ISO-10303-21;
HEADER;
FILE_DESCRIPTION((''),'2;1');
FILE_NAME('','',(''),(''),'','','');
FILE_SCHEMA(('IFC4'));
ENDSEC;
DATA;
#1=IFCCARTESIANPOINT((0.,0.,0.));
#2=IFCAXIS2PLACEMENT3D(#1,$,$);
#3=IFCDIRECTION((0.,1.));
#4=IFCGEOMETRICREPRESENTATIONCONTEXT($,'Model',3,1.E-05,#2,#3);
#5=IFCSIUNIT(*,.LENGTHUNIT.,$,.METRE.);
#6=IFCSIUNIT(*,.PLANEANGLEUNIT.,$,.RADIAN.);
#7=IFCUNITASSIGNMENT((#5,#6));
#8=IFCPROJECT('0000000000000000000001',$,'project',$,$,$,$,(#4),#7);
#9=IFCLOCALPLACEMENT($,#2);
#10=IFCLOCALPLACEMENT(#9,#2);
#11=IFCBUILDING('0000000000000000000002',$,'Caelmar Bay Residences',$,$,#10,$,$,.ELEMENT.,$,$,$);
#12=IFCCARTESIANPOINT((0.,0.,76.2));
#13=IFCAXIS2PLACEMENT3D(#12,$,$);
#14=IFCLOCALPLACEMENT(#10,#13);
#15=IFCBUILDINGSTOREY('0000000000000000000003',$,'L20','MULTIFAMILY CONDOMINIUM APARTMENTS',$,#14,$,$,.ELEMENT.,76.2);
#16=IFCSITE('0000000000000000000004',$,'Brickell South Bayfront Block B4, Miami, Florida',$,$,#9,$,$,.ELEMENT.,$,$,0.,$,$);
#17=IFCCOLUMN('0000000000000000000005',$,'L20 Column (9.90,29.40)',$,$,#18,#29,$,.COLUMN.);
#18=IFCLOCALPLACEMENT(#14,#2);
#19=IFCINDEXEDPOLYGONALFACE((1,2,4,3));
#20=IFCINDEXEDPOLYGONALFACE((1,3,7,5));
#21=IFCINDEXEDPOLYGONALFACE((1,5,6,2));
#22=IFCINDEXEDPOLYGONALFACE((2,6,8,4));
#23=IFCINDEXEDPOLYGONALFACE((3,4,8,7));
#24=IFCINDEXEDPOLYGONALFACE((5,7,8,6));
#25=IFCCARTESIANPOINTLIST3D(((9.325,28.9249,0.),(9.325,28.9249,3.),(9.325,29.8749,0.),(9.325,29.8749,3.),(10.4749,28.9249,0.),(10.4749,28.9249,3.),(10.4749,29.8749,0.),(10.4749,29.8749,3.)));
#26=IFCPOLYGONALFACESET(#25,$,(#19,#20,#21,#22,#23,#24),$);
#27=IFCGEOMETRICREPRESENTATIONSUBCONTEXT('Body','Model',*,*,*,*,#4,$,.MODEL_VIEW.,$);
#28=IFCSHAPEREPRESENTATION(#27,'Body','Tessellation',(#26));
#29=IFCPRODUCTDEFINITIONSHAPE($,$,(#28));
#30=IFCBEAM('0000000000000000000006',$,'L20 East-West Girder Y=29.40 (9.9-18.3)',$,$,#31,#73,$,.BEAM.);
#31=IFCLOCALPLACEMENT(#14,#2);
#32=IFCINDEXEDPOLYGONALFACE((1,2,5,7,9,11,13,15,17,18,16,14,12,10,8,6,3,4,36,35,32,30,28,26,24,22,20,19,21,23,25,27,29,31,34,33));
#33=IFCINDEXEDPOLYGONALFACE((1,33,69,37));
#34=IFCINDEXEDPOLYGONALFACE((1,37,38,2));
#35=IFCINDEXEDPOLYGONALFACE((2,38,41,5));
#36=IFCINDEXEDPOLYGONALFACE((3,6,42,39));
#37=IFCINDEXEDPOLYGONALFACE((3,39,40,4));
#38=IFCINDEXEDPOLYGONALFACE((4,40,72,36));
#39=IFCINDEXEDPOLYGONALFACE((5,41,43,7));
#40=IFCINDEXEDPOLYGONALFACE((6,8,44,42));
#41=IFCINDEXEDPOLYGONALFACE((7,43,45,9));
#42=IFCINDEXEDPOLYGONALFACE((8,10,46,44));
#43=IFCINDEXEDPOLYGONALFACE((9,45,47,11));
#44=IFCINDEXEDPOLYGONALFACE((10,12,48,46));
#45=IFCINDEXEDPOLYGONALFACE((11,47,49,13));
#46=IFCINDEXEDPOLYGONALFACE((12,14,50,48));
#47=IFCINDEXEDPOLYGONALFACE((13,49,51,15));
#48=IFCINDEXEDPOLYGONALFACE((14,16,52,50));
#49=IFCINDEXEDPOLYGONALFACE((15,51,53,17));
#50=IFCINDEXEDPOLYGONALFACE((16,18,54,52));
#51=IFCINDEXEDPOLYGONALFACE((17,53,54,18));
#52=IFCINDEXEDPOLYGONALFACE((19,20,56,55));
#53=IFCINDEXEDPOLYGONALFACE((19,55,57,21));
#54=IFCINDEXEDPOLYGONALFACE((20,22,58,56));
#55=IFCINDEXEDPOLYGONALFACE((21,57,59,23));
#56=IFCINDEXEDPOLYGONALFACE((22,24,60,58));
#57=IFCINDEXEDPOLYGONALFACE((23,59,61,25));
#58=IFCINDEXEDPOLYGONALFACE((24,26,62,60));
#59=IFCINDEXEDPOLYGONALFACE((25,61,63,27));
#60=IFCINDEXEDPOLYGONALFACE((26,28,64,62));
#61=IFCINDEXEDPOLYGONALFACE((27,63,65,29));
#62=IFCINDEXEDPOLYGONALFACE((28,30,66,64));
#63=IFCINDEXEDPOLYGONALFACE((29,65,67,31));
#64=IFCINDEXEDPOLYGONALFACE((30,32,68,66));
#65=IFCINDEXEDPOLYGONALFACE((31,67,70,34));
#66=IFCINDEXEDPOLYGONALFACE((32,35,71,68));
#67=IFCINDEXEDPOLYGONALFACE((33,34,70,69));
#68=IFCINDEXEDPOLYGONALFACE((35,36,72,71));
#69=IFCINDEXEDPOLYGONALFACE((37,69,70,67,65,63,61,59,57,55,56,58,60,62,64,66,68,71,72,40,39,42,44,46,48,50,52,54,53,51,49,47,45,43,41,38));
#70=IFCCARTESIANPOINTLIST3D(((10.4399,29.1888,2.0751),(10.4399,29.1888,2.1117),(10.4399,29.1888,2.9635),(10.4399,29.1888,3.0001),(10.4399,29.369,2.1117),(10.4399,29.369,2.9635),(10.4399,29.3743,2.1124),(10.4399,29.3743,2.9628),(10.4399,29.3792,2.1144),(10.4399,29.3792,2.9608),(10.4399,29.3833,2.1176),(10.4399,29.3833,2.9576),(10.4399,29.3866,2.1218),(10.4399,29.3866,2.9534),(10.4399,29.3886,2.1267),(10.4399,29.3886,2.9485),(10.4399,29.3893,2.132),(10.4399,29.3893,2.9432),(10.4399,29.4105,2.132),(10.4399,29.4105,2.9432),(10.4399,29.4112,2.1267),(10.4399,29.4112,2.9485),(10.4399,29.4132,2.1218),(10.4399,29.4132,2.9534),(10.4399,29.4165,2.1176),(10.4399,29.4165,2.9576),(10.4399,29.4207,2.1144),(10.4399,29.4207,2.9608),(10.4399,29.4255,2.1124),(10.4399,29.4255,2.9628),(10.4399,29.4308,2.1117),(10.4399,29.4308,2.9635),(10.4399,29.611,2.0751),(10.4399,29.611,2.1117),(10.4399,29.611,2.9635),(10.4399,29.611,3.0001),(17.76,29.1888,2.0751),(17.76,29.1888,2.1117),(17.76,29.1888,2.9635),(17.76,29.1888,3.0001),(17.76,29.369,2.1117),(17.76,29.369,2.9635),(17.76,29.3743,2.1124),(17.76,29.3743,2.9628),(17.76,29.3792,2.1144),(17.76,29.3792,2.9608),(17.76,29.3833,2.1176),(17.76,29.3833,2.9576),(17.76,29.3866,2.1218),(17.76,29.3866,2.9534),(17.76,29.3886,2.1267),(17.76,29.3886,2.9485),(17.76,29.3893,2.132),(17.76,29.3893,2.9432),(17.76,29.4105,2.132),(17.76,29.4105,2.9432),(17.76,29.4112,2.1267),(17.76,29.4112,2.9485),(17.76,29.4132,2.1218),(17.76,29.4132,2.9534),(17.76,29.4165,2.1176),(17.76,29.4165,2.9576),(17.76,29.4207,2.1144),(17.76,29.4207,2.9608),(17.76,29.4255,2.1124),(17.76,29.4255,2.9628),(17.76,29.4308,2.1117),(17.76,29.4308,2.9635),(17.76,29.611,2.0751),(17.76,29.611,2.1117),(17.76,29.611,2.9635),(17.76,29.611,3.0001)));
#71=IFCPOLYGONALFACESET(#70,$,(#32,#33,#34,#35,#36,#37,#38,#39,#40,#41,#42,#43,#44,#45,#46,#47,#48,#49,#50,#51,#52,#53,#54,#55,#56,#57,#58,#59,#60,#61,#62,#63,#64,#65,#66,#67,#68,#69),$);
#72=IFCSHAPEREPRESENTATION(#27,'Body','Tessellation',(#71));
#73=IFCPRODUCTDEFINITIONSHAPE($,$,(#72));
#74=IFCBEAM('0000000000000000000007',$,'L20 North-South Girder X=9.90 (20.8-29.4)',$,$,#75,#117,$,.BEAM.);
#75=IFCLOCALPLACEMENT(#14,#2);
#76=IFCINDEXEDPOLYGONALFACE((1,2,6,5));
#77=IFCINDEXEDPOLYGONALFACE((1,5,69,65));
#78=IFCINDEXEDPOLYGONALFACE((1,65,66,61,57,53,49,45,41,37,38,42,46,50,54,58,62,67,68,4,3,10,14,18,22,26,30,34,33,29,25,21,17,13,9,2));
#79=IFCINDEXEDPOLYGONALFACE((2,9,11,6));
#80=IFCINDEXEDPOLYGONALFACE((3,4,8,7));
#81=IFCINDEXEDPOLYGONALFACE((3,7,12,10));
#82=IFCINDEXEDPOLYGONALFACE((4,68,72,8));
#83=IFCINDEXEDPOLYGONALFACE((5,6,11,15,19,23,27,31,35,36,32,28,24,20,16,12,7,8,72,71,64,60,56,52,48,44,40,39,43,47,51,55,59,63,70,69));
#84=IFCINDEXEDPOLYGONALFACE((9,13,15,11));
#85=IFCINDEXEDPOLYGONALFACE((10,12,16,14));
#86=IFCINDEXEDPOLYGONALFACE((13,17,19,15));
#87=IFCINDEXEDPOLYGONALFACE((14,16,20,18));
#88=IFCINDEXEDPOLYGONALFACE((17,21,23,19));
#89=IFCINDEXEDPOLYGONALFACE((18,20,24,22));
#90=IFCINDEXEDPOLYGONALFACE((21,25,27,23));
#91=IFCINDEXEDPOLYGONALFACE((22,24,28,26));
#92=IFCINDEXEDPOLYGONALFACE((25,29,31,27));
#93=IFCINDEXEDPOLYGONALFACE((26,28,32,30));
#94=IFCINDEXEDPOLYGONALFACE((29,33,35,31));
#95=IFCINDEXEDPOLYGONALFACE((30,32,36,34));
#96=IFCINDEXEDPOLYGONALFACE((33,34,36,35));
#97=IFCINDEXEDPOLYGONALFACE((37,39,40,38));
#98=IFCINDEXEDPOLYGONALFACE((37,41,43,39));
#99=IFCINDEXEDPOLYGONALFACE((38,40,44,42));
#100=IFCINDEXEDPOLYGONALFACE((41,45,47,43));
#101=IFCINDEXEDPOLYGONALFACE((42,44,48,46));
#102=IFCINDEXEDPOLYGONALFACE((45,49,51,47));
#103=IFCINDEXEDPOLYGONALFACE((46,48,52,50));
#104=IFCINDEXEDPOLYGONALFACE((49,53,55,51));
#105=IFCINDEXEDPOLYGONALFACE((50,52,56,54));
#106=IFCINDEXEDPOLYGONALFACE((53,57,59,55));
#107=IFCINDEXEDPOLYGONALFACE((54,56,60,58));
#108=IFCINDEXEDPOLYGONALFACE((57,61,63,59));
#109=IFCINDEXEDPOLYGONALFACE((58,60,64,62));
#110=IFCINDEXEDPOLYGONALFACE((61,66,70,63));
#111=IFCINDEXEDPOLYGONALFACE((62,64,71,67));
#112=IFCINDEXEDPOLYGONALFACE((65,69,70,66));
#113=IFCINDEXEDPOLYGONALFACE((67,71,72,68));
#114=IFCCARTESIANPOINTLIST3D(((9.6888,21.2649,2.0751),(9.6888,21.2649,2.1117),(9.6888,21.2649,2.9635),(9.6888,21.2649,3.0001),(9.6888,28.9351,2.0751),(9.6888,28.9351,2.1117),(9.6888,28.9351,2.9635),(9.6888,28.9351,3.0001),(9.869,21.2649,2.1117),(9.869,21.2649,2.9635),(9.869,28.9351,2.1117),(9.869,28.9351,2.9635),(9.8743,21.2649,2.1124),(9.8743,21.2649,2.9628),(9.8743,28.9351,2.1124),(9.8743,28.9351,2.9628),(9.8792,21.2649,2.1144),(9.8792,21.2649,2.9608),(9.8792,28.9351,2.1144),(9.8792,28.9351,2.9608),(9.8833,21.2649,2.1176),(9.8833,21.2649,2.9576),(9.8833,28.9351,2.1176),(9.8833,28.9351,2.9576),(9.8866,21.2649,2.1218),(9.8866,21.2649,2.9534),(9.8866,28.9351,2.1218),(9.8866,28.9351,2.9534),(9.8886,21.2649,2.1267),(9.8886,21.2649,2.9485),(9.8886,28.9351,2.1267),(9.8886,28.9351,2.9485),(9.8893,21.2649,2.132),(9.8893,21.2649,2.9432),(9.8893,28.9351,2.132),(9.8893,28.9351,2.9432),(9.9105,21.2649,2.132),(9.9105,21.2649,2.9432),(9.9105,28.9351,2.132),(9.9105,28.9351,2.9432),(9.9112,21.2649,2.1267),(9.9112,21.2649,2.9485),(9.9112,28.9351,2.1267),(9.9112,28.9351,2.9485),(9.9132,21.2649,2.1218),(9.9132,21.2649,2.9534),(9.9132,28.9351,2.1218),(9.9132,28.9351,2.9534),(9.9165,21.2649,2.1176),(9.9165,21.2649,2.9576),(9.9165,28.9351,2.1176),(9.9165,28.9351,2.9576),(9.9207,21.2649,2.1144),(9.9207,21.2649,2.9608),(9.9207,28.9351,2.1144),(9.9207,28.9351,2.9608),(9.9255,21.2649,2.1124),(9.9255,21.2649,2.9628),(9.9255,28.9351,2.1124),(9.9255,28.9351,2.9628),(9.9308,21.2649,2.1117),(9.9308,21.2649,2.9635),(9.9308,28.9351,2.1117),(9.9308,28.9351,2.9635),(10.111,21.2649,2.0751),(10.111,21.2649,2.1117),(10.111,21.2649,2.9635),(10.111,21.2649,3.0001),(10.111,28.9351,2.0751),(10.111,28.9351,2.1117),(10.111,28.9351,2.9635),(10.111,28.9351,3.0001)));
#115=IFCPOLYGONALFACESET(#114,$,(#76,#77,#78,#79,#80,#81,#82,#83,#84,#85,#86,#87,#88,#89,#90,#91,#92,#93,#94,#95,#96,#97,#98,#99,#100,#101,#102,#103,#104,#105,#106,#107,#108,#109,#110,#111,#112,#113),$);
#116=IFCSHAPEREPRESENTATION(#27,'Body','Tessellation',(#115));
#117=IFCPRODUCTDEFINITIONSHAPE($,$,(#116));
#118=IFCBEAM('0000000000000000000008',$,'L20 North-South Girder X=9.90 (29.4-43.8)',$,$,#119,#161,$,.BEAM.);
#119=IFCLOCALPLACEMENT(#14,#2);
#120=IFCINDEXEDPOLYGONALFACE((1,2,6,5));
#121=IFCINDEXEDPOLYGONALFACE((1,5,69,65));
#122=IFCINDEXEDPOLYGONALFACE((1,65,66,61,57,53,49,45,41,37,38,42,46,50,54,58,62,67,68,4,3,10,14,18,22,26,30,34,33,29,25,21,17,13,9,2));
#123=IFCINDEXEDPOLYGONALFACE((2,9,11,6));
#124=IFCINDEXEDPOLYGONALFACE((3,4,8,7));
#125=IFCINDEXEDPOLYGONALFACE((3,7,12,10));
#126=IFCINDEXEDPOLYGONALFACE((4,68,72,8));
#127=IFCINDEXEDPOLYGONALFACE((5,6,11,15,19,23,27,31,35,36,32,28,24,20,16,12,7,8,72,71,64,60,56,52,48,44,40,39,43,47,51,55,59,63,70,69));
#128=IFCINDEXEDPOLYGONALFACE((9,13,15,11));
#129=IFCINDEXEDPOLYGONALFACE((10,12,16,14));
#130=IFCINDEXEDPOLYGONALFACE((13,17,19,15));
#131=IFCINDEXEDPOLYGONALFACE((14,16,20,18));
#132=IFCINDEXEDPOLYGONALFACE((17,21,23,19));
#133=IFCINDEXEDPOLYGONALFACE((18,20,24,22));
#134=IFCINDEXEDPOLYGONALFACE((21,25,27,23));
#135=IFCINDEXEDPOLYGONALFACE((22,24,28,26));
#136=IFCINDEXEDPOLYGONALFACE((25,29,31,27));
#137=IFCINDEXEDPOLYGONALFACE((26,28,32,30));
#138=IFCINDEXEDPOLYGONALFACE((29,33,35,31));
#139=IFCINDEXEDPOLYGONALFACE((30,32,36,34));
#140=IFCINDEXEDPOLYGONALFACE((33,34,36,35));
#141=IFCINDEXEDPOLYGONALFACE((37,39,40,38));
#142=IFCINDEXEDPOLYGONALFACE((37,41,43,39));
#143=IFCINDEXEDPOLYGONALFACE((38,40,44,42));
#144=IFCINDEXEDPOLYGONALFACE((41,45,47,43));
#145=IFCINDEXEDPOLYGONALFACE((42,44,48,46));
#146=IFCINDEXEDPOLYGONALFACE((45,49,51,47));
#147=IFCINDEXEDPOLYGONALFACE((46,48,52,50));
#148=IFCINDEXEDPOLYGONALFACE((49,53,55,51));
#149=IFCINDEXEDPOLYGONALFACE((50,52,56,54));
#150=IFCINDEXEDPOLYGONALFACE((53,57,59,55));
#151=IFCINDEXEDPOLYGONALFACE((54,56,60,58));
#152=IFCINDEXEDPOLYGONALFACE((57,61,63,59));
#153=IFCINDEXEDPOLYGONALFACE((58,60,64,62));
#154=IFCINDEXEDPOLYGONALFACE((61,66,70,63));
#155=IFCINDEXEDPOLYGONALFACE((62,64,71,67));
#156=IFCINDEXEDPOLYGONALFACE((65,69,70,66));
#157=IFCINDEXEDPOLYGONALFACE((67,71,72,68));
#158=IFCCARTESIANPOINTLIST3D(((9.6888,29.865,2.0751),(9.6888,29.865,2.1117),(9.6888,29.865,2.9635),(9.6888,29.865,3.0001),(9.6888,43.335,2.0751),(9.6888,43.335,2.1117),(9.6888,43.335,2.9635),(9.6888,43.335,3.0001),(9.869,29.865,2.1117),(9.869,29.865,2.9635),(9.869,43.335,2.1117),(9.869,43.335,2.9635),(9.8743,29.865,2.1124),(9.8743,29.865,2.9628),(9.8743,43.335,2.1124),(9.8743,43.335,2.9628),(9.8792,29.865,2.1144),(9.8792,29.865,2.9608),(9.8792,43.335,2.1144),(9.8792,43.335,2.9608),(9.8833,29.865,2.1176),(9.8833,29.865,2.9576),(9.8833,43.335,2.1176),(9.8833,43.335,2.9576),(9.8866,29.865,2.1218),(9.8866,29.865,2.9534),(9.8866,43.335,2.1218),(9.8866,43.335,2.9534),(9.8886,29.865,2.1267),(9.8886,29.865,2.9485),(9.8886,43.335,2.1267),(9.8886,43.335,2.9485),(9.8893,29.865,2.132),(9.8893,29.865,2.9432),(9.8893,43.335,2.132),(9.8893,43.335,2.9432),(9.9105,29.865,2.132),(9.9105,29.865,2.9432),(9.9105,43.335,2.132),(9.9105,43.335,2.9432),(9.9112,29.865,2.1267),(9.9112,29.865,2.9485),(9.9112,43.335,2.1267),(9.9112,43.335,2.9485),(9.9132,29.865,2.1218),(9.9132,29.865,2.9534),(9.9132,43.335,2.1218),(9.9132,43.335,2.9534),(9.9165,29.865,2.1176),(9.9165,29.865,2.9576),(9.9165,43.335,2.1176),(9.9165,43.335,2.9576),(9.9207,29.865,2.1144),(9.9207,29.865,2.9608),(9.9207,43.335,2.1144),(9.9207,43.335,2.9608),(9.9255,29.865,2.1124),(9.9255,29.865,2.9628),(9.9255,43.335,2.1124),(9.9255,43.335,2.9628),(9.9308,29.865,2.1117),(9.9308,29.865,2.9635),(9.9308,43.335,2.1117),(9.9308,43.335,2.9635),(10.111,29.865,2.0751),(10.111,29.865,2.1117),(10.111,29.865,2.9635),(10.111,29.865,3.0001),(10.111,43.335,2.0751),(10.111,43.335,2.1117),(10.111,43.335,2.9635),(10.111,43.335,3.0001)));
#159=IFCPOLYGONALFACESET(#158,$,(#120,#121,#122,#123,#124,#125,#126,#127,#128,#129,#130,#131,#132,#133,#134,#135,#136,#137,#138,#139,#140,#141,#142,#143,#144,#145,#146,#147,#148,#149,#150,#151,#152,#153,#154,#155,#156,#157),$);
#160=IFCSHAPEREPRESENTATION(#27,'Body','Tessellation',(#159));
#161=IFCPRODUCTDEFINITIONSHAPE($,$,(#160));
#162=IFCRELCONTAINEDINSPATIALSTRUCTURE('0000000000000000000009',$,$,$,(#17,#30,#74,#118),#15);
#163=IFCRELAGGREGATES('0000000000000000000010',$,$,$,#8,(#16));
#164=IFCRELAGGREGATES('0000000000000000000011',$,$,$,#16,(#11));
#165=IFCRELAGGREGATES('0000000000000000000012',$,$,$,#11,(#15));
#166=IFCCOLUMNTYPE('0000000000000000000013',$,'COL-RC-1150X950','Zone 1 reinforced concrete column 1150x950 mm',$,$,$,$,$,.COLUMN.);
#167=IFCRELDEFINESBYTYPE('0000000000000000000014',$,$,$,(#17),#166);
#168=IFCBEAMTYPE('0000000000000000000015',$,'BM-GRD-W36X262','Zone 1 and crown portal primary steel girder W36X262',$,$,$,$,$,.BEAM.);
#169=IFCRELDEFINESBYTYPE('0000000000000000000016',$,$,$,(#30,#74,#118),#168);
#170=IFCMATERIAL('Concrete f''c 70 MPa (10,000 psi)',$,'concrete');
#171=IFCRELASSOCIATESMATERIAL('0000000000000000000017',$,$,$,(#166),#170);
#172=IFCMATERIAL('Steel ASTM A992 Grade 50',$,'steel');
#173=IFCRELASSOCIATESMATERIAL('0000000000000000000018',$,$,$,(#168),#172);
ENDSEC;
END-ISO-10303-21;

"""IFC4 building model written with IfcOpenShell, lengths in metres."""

from ifc_helpers import new_model, si_unit, direction, frame, origin, origin_2d, place, context, subcontext, project, spatial, rectangle, i_section, extrude, material, material_profile, profile_set, type_object, element, save


model = new_model("IFC4")

# Units and contexts
model_context = context("Model", 3, precision=1e-05, world=origin(), true_north=direction((0.0, 1.0)))
body_context = subcontext(model_context, "Body", "Model", "MODEL_VIEW")
ifc_project = project(units=[si_unit("LENGTHUNIT", "METRE"), si_unit("PLANEANGLEUNIT", "RADIAN")], contexts=[model_context])

# Site, building, storey
site_placement = place(None, origin())
site = spatial("IfcSite", under=ifc_project, at=site_placement, Name="Brickell South Bayfront Block B4, Miami, Florida", CompositionType="ELEMENT", RefElevation=0.0)
building_placement = place(site_placement, origin())
building = spatial("IfcBuilding", under=site, at=building_placement, Name="Caelmar Bay Residences", CompositionType="ELEMENT")
storey_placement = place(building_placement, frame((0.0, 0.0, 76.2)))
storey = spatial("IfcBuildingStorey", under=building, at=storey_placement, Name="L20", Description="MULTIFAMILY CONDOMINIUM APARTMENTS", CompositionType="ELEMENT", Elevation=76.2)

# Column
ifc_material_1 = material(Name="Concrete f'c 70 MPa (10,000 psi)", Category="concrete")
ifc_material_profile_1 = material_profile(ifc_material_1, rectangle(XDim=1.1499, YDim=0.95, at=origin_2d()), Name="RC-COL-1150X950")
ifc_profile_set_1 = profile_set([ifc_material_profile_1], Name="Concrete f'c 70 MPa (10,000 psi)")
column_type = type_object("IfcColumnType", Name="COL-RC-1150X950", Description="Zone 1 reinforced concrete column 1150x950 mm", PredefinedType="COLUMN", material=ifc_profile_set_1)
column_placement = place(storey_placement, frame((9.8999, 29.3999, 0.0), z_axis=(0.0, 0.0, 1.0), x_axis=(1.0, 0.0, 0.0)))
element("IfcColumn", 1, at=column_placement, inside=storey, type_object=column_type, Name="L20 Column (9.90,29.40)", PredefinedType="COLUMN", context=body_context, shape_type="SweptSolid", body=[
    extrude(rectangle(XDim=1.1499, YDim=0.95, at=origin_2d()), origin(), (0.0, 0.0, 1.0), 3.0),
])

# Beams
ifc_material_2 = material(Name="Steel ASTM A992 Grade 50", Category="steel")
ifc_material_profile_2 = material_profile(ifc_material_2, i_section(OverallWidth=0.4221, OverallDepth=0.925, WebThickness=0.0212, FlangeThickness=0.0366, FilletRadius=0.0203, at=origin_2d()), Name="W36X262")
ifc_profile_set_2 = profile_set([ifc_material_profile_2], Name="Steel ASTM A992 Grade 50")
beam_type_1 = type_object("IfcBeamType", Name="BM-GRD-W36X262", Description="Zone 1 and crown portal primary steel girder W36X262", PredefinedType="BEAM", material=ifc_profile_set_2)
beam_1_placement = place(storey_placement, frame((10.4399, 29.3999, 2.5376), z_axis=(1.0, 0.0, 0.0), x_axis=(0.0, 1.0, 0.0)))
element("IfcBeam", 2, at=beam_1_placement, inside=storey, type_object=beam_type_1, Name="L20 East-West Girder Y=29.40 (9.9-18.3)", PredefinedType="BEAM", context=body_context, shape_type="SweptSolid", body=[
    extrude(i_section(OverallWidth=0.4221, OverallDepth=0.925, WebThickness=0.0212, FlangeThickness=0.0366, FilletRadius=0.0203, at=origin_2d()), origin(), (0.0, 0.0, 1.0), 7.3201),
])
beam_2_placement = place(storey_placement, frame((9.8999, 21.2649, 2.5376), z_axis=(0.0, 1.0, 0.0), x_axis=(-1.0, 0.0, 0.0)))
element("IfcBeam", 3, at=beam_2_placement, inside=storey, type_object=beam_type_1, Name="L20 North-South Girder X=9.90 (20.8-29.4)", PredefinedType="BEAM", context=body_context, shape_type="SweptSolid", body=[
    extrude(i_section(OverallWidth=0.4221, OverallDepth=0.925, WebThickness=0.0212, FlangeThickness=0.0366, FilletRadius=0.0203, at=origin_2d()), origin(), (0.0, 0.0, 1.0), 7.6702),
])
beam_3_placement = place(storey_placement, frame((9.8999, 29.865, 2.5376), z_axis=(0.0, 1.0, 0.0), x_axis=(-1.0, 0.0, 0.0)))
element("IfcBeam", 4, at=beam_3_placement, inside=storey, type_object=beam_type_1, Name="L20 North-South Girder X=9.90 (29.4-43.8)", PredefinedType="BEAM", context=body_context, shape_type="SweptSolid", body=[
    extrude(i_section(OverallWidth=0.4221, OverallDepth=0.925, WebThickness=0.0212, FlangeThickness=0.0366, FilletRadius=0.0203, at=origin_2d()), origin(), (0.0, 0.0, 1.0), 13.47),
])

save(model, "model.ifc")
